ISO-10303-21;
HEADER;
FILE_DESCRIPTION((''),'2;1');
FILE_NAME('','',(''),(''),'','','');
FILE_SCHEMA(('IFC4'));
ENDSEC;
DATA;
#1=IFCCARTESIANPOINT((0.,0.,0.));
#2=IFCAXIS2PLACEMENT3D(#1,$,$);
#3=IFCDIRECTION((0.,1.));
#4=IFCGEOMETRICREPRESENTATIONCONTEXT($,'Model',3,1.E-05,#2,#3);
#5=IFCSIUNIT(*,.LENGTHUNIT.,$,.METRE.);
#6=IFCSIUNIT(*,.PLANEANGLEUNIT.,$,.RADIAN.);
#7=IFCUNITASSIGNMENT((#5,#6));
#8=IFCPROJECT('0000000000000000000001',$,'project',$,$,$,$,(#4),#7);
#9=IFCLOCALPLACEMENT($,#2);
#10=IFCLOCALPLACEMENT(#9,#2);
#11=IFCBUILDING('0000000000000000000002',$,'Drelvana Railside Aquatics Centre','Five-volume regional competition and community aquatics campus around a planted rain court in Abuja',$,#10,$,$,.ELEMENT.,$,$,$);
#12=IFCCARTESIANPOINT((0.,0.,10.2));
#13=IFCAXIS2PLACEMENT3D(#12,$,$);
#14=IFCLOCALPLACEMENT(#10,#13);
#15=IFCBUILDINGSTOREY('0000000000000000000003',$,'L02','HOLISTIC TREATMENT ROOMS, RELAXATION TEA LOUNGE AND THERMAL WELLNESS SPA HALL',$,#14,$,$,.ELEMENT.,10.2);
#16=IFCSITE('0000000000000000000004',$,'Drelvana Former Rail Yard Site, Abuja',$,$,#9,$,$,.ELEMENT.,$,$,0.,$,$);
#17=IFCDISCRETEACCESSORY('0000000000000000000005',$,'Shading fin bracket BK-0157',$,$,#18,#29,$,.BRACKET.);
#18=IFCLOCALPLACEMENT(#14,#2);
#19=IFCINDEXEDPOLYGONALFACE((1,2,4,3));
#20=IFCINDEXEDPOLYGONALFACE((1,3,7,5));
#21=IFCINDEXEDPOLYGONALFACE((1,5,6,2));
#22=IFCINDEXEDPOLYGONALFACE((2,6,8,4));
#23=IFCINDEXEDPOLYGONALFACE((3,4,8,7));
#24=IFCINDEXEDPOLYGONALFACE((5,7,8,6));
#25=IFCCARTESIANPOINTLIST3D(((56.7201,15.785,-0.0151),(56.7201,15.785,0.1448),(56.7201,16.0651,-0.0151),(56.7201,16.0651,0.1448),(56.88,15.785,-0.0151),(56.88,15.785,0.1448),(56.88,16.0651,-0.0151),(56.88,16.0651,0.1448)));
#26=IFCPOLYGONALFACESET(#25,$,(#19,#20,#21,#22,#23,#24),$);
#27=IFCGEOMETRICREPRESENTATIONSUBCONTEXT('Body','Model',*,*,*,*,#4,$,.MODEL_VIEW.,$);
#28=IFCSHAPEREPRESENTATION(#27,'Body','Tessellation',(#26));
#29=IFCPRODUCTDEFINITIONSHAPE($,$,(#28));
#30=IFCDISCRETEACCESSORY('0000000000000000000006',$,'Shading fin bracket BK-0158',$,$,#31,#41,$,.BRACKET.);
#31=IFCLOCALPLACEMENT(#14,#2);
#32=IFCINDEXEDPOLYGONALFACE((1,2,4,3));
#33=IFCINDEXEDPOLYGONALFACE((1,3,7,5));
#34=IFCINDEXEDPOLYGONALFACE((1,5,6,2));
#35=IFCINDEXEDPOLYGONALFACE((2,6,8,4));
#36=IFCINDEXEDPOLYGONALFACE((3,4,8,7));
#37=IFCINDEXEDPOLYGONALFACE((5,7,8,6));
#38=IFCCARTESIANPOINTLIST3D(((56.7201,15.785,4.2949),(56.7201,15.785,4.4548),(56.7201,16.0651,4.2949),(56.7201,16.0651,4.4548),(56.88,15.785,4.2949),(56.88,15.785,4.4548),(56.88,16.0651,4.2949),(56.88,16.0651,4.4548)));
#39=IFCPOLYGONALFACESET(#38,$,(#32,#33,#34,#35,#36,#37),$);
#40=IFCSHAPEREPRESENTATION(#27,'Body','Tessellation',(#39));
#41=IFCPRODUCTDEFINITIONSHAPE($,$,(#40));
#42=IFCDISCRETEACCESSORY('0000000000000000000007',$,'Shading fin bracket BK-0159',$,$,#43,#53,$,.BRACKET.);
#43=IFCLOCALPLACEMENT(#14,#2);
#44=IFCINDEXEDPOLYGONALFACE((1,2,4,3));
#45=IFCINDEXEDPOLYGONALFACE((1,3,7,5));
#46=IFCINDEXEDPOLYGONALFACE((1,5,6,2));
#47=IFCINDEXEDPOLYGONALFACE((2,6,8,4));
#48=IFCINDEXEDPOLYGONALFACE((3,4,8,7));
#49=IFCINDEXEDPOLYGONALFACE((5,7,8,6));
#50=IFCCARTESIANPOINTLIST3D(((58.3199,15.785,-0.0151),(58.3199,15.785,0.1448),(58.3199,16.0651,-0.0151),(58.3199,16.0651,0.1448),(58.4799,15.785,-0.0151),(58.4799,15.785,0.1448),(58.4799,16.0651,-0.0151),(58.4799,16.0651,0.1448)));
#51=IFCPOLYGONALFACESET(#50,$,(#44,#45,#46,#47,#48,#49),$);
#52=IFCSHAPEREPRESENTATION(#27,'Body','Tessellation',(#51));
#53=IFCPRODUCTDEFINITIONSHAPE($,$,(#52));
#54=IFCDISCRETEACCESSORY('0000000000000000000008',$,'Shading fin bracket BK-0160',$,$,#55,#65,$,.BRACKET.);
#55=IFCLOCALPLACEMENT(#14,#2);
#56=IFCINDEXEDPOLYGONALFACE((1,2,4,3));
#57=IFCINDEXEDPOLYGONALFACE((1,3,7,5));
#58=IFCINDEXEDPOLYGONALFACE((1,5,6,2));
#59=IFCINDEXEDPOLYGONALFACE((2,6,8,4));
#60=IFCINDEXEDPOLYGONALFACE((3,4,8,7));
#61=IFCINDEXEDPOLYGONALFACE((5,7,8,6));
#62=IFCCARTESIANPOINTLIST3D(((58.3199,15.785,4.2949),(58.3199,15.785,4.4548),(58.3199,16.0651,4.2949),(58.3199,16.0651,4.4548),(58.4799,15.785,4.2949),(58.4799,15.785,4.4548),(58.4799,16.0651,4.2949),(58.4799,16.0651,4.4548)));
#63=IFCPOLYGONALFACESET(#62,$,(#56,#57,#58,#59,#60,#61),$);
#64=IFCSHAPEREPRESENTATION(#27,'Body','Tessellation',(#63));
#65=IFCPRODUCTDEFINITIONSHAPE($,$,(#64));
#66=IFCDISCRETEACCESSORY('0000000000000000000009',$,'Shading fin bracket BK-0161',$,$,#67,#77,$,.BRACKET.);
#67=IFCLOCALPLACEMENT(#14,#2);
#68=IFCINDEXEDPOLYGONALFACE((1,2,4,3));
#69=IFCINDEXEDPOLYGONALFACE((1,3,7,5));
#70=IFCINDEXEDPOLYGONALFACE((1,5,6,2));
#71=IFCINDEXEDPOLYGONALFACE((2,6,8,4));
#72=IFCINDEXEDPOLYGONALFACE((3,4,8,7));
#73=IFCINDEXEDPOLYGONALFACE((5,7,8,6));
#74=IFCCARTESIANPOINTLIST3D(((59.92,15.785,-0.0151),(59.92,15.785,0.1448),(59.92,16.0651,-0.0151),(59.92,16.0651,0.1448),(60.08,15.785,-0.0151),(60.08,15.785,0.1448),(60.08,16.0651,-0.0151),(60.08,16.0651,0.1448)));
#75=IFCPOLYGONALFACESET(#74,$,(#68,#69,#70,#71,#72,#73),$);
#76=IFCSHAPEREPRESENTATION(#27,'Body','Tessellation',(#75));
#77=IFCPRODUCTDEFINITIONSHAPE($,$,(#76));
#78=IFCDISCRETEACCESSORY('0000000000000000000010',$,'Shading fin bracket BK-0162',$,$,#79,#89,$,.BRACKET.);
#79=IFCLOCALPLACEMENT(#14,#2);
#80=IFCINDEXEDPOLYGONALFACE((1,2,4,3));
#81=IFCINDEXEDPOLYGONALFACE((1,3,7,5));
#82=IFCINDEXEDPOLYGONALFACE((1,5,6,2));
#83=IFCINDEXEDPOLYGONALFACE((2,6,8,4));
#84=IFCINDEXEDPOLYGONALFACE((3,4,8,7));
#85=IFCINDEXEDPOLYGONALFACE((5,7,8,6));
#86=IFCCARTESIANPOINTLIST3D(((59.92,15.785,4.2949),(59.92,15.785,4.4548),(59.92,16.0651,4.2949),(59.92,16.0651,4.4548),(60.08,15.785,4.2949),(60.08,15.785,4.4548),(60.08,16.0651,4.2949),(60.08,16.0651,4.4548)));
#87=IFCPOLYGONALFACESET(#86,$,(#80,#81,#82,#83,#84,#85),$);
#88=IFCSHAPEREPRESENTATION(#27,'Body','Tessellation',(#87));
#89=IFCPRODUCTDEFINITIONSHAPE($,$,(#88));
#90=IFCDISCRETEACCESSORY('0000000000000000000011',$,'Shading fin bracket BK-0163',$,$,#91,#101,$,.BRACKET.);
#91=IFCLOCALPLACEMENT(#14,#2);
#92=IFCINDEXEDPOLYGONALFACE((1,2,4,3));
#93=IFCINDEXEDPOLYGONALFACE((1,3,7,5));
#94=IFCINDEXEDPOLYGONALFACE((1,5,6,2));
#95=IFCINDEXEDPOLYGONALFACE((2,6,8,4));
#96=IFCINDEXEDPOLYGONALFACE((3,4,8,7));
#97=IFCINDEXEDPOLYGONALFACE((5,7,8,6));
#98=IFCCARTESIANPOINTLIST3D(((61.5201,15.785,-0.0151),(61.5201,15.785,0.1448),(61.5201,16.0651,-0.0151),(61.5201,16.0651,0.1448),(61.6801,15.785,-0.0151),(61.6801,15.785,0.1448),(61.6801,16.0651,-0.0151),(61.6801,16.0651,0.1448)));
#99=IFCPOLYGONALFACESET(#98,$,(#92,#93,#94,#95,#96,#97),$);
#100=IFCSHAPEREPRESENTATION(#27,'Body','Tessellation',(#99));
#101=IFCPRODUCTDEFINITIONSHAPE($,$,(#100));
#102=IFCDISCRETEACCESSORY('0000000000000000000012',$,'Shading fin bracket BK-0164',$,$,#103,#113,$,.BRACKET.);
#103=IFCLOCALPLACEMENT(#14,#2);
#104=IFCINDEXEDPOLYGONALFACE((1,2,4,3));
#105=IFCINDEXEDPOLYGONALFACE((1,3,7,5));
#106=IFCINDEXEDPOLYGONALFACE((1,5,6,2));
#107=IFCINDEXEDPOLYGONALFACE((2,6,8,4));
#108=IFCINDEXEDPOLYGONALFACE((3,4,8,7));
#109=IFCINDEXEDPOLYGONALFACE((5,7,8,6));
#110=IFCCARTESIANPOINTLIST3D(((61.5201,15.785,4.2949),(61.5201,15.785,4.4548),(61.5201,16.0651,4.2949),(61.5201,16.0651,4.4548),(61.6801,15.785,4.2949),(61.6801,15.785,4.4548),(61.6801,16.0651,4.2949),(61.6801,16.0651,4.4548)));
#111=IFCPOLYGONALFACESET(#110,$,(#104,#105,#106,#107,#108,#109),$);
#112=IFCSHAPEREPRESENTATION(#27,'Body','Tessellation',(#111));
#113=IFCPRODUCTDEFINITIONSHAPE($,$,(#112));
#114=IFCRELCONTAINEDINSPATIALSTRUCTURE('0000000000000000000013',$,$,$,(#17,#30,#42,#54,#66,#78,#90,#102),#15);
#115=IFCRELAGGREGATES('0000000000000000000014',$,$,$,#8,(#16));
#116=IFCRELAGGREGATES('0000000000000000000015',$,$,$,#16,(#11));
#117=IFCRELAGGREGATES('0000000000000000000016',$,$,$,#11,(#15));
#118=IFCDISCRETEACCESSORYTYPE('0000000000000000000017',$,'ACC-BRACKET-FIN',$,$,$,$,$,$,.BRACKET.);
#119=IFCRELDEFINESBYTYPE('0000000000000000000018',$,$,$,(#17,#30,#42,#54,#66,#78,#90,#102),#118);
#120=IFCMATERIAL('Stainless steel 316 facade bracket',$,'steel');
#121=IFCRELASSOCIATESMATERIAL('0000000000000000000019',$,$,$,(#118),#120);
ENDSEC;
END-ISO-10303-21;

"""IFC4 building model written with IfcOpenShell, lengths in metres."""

from ifc_helpers import new_model, si_unit, direction, frame, origin, origin_2d, place, context, subcontext, project, spatial, rectangle, extrude, material, type_object, element, save


model = new_model("IFC4")

# Units and contexts
model_context = context("Model", 3, precision=1e-05, world=origin(), true_north=direction((0.0, 1.0)))
body_context = subcontext(model_context, "Body", "Model", "MODEL_VIEW")
ifc_project = project(units=[si_unit("LENGTHUNIT", "METRE"), si_unit("PLANEANGLEUNIT", "RADIAN")], contexts=[model_context])

# Site, building, storey
site_placement = place(None, origin())
site = spatial("IfcSite", under=ifc_project, at=site_placement, Name="Drelvana Former Rail Yard Site, Abuja", CompositionType="ELEMENT", RefElevation=0.0)
building_placement = place(site_placement, origin())
building = spatial("IfcBuilding", under=site, at=building_placement, Name="Drelvana Railside Aquatics Centre", Description="Five-volume regional competition and community aquatics campus around a planted rain court in Abuja", CompositionType="ELEMENT")
storey_placement = place(building_placement, frame((0.0, 0.0, 10.2)))
storey = spatial("IfcBuildingStorey", under=building, at=storey_placement, Name="L02", Description="HOLISTIC TREATMENT ROOMS, RELAXATION TEA LOUNGE AND THERMAL WELLNESS SPA HALL", CompositionType="ELEMENT", Elevation=10.2)

# Discrete accessories
ifc_material_1 = material(Name="Stainless steel 316 facade bracket", Category="steel")
discrete_accessory_type = type_object("IfcDiscreteAccessoryType", Name="ACC-BRACKET-FIN", PredefinedType="BRACKET", material=ifc_material_1)
for number, where, z_axis, x_axis, name in (
    (1, (56.8, 15.925, -0.0151), (0.0, 0.0, 1.0), (0.0, -1.0, 0.0), "Shading fin bracket BK-0157"),
    (2, (56.8, 15.925, 4.2949), (0.0, 0.0, 1.0), (0.0, -1.0, 0.0), "Shading fin bracket BK-0158"),
    (3, (58.3999, 15.925, -0.0151), (0.0, 0.0, 1.0), (0.0, -1.0, 0.0), "Shading fin bracket BK-0159"),
    (4, (58.3999, 15.925, 4.2949), (0.0, 0.0, 1.0), (0.0, -1.0, 0.0), "Shading fin bracket BK-0160"),
    (5, (60.0, 15.925, -0.0151), (0.0, 0.0, 1.0), (0.0, -1.0, 0.0), "Shading fin bracket BK-0161"),
    (6, (60.0, 15.925, 4.2949), (0.0, 0.0, 1.0), (0.0, -1.0, 0.0), "Shading fin bracket BK-0162"),
    (7, (61.6001, 15.925, -0.0151), (0.0, 0.0, 1.0), (0.0, -1.0, 0.0), "Shading fin bracket BK-0163"),
    (8, (61.6001, 15.925, 4.2949), (0.0, 0.0, 1.0), (0.0, -1.0, 0.0), "Shading fin bracket BK-0164"),
):
    element("IfcDiscreteAccessory", number, at=place(storey_placement, frame(where, z_axis=z_axis, x_axis=x_axis)), inside=storey, type_object=discrete_accessory_type, Name=name, PredefinedType="BRACKET", context=body_context, shape_type="SweptSolid", body=[
        extrude(rectangle(XDim=0.28, YDim=0.1599, at=origin_2d()), origin(), (0.0, 0.0, 1.0), 0.1599),
    ])

save(model, "model.ifc")
